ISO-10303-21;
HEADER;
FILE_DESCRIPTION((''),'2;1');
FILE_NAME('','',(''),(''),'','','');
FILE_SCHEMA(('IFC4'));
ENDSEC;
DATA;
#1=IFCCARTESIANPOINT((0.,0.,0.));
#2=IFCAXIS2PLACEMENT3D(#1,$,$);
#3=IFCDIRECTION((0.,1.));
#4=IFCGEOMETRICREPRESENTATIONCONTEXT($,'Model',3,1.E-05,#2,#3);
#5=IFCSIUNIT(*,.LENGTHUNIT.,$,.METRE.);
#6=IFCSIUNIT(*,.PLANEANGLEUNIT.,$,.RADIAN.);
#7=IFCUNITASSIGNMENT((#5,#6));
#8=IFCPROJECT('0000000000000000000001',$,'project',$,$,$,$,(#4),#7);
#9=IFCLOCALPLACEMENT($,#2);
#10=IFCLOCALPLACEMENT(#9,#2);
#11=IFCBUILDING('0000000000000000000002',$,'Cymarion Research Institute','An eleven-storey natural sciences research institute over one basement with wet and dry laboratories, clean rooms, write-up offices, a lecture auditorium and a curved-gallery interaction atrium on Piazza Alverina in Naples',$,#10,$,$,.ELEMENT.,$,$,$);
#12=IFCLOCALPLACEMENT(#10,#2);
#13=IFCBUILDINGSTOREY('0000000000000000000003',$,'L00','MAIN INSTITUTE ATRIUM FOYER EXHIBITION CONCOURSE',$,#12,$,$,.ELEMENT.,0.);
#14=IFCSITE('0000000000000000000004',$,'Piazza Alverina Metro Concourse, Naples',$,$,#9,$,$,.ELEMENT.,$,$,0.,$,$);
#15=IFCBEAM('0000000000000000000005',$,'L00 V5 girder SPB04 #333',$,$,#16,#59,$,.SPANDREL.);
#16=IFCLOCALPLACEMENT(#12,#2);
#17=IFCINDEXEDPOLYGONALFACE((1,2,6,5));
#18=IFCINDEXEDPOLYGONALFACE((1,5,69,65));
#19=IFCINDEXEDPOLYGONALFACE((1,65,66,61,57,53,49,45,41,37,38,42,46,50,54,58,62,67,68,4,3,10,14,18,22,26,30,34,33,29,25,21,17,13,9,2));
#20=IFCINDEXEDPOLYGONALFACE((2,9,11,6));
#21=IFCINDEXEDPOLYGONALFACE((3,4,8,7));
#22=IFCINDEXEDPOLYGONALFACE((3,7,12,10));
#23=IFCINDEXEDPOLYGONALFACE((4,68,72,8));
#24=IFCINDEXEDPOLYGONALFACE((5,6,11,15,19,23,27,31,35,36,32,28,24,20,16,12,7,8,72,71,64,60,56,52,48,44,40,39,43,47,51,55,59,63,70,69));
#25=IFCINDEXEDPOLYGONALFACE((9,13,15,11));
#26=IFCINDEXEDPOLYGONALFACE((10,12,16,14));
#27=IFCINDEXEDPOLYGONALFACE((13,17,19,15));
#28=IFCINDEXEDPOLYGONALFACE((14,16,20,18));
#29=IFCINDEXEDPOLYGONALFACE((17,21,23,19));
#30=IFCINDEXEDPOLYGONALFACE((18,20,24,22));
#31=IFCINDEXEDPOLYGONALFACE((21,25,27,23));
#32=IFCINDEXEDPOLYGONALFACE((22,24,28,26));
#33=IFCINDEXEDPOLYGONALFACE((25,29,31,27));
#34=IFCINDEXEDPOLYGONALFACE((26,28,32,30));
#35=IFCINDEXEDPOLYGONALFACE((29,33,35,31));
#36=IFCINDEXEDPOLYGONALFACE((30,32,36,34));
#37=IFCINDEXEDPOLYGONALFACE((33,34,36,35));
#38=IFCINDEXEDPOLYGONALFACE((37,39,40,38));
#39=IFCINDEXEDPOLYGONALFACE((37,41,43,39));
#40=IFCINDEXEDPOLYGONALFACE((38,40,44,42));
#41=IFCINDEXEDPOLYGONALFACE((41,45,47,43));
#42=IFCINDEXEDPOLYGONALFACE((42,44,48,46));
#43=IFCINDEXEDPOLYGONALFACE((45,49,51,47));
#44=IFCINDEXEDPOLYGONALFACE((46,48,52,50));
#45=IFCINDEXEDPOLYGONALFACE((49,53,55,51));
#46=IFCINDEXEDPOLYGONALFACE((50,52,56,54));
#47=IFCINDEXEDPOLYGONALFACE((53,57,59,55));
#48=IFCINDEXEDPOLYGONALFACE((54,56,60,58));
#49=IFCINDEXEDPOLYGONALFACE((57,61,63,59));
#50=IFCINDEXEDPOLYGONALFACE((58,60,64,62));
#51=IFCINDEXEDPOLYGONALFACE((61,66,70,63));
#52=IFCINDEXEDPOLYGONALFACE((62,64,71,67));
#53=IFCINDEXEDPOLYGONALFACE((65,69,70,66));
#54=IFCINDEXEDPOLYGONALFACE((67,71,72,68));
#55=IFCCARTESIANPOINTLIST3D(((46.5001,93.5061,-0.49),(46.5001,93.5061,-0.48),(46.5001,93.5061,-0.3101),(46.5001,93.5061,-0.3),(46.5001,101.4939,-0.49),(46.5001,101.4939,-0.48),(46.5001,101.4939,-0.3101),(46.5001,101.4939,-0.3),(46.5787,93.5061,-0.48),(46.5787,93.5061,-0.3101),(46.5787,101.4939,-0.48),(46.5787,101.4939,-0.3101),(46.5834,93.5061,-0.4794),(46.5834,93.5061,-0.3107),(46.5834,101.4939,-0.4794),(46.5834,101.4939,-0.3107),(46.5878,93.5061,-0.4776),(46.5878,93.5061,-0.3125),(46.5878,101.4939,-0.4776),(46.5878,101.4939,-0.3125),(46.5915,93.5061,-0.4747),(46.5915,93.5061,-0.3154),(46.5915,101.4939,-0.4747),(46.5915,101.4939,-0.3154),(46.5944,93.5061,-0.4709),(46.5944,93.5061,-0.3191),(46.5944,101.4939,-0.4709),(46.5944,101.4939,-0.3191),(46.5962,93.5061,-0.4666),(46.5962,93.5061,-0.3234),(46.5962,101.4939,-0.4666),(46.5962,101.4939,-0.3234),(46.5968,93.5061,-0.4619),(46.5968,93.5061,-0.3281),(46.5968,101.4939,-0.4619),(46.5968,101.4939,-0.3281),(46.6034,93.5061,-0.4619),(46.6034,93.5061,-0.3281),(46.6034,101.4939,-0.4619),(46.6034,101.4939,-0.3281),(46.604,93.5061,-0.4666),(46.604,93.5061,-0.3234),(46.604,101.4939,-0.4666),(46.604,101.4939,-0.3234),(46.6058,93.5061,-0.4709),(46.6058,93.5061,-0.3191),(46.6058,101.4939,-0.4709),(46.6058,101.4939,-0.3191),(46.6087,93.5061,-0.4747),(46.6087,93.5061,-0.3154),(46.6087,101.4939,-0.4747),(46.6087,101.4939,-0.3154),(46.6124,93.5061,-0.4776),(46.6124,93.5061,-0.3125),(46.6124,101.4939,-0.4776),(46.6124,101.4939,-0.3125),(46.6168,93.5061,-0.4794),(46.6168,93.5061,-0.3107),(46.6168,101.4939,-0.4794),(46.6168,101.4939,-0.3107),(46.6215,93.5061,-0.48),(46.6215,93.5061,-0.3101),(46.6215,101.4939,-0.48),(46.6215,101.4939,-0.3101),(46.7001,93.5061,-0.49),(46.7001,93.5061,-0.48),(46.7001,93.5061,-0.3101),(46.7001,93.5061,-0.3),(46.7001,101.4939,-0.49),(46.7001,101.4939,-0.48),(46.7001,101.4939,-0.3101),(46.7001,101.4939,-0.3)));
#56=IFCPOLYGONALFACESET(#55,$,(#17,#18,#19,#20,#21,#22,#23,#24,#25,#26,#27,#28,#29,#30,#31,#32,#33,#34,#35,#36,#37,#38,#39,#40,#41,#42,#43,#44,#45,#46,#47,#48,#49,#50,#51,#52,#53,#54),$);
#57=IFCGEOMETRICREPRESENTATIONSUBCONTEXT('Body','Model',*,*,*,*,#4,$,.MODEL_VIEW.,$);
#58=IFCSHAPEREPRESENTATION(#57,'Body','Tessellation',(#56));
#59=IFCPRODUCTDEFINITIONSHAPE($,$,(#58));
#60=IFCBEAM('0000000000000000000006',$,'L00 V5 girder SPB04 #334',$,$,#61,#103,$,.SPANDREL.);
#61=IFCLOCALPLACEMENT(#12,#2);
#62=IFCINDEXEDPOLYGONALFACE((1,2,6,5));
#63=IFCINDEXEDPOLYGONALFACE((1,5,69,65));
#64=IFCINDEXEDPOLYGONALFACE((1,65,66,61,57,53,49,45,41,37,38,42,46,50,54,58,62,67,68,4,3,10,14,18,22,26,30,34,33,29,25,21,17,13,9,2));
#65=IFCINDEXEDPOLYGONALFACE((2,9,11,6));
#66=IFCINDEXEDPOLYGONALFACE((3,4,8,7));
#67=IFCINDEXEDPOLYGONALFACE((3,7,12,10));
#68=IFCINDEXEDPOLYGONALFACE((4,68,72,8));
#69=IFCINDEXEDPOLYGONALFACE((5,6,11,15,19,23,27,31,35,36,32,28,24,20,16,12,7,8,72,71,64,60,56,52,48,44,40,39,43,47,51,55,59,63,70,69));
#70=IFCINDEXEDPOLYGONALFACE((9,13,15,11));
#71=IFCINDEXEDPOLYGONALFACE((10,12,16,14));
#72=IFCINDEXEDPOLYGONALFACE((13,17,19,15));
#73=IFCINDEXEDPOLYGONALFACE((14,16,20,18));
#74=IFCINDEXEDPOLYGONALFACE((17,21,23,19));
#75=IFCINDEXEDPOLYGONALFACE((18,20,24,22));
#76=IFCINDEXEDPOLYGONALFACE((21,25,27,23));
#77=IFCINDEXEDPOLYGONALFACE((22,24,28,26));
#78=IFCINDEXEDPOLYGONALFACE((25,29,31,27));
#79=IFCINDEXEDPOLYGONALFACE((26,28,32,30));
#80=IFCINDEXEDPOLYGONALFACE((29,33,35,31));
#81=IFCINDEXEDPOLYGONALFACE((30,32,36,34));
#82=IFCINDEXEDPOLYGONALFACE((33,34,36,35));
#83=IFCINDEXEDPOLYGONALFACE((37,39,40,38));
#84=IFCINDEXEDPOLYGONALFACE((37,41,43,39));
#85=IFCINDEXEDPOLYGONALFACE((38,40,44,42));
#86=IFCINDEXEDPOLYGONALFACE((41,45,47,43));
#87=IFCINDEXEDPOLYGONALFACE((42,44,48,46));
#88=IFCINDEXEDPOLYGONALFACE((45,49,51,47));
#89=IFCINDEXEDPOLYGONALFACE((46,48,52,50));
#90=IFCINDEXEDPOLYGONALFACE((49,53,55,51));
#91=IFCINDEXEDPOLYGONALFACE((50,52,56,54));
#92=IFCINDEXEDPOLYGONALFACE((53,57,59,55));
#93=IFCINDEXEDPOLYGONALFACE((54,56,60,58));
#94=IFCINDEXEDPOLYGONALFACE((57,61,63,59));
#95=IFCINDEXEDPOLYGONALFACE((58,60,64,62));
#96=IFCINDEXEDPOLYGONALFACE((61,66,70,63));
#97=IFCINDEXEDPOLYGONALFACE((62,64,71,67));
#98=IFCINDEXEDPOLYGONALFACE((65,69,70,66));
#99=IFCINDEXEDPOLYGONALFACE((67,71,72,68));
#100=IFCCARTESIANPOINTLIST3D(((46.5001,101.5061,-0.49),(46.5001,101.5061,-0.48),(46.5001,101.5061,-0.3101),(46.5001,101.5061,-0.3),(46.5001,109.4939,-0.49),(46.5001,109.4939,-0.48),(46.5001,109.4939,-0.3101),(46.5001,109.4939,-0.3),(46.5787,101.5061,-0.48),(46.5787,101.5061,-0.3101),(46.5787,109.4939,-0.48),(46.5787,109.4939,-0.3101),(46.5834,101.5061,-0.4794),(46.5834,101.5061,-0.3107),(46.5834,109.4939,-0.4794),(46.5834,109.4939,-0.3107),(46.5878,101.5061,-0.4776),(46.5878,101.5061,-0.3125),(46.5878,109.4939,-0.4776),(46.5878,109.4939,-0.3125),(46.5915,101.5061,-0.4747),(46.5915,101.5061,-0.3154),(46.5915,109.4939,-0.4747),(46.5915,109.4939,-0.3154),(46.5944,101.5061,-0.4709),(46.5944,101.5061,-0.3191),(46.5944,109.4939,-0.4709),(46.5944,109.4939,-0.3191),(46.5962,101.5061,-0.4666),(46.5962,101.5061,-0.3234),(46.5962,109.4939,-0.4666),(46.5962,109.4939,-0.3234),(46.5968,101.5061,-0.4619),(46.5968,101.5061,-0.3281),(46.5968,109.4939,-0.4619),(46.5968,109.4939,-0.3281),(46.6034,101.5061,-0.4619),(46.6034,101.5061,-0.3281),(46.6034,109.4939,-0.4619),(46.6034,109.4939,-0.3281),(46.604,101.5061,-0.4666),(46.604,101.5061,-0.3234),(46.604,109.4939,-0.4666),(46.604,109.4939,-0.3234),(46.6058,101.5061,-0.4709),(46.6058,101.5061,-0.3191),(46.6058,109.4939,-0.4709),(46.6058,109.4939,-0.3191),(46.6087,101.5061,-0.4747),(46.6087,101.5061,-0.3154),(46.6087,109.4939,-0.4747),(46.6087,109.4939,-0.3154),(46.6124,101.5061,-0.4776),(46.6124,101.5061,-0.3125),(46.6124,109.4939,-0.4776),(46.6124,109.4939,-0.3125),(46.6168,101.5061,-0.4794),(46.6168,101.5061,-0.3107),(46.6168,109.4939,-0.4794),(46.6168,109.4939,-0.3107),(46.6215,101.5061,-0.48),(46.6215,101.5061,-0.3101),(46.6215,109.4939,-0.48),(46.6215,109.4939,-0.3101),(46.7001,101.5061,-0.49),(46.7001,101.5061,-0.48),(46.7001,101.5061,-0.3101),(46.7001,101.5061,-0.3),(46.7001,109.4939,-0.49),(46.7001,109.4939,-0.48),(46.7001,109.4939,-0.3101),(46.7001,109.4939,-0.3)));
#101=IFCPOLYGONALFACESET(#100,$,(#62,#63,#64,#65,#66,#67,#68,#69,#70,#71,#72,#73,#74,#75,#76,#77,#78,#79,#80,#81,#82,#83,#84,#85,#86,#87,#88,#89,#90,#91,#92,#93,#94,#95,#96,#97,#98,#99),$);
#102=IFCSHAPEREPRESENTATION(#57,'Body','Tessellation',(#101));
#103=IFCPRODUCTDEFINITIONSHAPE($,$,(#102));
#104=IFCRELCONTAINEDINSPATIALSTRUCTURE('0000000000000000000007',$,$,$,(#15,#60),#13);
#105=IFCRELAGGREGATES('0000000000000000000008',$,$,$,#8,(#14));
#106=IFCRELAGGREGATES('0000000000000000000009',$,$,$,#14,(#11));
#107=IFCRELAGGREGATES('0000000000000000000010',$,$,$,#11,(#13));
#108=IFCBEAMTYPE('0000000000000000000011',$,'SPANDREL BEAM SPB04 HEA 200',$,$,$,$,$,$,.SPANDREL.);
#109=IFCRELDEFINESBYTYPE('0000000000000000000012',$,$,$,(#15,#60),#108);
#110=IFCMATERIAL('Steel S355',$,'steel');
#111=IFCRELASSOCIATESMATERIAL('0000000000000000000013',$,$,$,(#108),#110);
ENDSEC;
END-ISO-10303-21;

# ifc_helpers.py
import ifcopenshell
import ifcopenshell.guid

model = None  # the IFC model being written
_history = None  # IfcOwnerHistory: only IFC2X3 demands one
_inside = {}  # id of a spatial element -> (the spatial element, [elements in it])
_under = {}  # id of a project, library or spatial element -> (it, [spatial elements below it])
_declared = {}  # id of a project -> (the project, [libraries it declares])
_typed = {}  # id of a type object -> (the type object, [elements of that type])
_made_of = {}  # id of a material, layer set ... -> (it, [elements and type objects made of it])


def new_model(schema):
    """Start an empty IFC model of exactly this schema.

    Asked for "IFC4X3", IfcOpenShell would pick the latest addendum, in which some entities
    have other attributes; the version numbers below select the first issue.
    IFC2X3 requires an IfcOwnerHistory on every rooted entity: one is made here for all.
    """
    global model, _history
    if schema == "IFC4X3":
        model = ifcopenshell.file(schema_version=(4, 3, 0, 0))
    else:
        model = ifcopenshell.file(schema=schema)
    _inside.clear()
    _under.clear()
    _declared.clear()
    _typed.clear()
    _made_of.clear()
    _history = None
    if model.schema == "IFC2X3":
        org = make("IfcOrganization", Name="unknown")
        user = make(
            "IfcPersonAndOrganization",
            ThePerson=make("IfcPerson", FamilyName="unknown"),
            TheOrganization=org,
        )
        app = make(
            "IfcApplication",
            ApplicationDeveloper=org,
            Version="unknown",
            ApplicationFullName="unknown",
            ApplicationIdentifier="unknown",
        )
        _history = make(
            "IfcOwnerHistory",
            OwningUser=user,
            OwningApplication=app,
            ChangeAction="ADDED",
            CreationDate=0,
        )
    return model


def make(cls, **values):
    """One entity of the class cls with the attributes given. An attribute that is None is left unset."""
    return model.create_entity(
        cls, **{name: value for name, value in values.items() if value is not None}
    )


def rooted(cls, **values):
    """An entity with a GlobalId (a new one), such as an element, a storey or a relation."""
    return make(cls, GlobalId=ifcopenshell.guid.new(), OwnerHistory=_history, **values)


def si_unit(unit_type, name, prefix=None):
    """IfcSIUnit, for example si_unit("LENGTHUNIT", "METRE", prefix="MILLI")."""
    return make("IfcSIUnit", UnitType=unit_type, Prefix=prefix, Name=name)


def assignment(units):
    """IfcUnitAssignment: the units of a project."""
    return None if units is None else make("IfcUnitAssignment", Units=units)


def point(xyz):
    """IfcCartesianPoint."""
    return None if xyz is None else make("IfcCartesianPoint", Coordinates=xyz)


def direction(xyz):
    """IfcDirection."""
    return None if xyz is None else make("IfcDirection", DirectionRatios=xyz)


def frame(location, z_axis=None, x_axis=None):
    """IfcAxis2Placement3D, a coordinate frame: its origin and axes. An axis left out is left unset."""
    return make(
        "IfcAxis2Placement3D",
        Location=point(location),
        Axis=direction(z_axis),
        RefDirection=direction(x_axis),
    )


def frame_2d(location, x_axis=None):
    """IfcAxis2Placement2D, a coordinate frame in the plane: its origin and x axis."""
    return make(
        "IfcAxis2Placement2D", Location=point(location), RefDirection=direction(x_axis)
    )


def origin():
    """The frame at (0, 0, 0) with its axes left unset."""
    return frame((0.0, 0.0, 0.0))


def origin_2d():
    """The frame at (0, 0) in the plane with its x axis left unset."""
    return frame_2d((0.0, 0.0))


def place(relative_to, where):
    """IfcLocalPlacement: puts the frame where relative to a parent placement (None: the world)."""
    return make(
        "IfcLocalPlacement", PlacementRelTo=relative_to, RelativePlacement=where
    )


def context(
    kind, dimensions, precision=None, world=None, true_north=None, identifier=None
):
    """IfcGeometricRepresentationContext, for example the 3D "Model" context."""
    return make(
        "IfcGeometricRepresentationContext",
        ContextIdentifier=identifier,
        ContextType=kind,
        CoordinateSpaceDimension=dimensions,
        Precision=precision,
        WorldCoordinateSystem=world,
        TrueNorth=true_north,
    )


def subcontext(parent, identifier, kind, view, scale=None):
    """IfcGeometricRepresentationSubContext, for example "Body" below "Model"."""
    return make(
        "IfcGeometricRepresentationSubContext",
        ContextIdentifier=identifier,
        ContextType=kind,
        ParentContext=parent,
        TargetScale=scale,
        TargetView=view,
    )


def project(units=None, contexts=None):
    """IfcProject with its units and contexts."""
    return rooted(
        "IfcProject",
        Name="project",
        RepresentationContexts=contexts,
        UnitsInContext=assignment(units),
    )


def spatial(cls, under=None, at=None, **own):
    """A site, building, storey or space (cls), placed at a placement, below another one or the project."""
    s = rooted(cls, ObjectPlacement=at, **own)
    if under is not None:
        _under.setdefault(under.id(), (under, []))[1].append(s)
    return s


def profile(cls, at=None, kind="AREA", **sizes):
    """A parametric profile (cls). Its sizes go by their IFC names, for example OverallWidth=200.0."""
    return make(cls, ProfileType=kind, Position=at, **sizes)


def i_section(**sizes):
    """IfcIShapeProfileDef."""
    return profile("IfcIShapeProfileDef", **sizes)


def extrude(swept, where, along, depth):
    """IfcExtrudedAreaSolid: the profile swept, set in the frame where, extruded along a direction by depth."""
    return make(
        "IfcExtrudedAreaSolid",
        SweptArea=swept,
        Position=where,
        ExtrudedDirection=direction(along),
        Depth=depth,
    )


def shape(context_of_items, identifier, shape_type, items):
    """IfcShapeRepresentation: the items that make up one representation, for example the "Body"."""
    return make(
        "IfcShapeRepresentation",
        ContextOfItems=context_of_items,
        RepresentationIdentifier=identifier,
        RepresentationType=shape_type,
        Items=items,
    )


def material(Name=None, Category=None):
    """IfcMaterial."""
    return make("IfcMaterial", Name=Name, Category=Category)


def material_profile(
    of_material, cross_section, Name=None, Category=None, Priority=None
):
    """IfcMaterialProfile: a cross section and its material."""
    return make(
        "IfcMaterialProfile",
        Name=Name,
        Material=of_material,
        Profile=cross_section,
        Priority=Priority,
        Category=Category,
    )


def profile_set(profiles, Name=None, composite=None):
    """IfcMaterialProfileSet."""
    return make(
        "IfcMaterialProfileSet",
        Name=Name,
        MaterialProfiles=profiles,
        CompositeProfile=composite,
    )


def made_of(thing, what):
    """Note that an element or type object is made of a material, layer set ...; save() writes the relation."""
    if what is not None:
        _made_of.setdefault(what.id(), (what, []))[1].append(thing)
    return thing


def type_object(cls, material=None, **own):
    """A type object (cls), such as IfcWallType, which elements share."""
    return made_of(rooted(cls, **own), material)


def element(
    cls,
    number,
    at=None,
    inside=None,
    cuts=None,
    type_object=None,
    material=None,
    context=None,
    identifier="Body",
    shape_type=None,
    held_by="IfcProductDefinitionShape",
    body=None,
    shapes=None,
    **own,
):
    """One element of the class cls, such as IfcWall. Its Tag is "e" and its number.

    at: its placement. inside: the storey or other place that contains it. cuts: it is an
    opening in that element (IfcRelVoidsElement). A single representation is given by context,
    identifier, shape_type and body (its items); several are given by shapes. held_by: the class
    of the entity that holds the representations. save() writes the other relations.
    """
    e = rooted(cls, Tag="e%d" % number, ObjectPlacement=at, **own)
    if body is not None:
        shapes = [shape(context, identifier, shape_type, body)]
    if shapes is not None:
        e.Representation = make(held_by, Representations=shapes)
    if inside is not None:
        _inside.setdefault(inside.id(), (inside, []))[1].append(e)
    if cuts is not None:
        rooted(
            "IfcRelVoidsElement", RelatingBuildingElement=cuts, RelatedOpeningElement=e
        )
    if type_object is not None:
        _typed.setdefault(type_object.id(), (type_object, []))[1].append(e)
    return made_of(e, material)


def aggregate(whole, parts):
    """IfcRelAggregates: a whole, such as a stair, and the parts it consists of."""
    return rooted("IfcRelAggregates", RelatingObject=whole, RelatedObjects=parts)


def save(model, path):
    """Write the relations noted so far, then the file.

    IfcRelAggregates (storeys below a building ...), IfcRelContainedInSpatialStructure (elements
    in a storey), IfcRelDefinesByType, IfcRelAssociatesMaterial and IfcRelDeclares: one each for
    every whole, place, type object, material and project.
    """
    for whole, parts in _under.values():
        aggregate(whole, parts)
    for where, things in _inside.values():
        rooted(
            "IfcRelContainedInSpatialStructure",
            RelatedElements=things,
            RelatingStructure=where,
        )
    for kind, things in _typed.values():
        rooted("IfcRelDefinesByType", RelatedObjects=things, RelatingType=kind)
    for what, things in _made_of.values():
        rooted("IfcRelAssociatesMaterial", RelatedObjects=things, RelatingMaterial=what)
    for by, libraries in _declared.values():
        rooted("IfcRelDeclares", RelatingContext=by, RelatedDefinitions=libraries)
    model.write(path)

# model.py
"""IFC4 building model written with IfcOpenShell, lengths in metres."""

from ifc_helpers import new_model, si_unit, direction, frame, origin, origin_2d, place, context, subcontext, project, spatial, i_section, extrude, material, material_profile, profile_set, type_object, element, save


model = new_model("IFC4")

# Units and contexts
model_context = context("Model", 3, precision=1e-05, world=origin(), true_north=direction((0.0, 1.0)))
body_context = subcontext(model_context, "Body", "Model", "MODEL_VIEW")
ifc_project = project(units=[si_unit("LENGTHUNIT", "METRE"), si_unit("PLANEANGLEUNIT", "RADIAN")], contexts=[model_context])

# Site, building, storey
site_placement = place(None, origin())
site = spatial("IfcSite", under=ifc_project, at=site_placement, Name="Piazza Alverina Metro Concourse, Naples", CompositionType="ELEMENT", RefElevation=0.0)
building_placement = place(site_placement, origin())
building = spatial("IfcBuilding", under=site, at=building_placement, Name="Cymarion Research Institute", Description="An eleven-storey natural sciences research institute over one basement with wet and dry laboratories, clean rooms, write-up offices, a lecture auditorium and a curved-gallery interaction atrium on Piazza Alverina in Naples", CompositionType="ELEMENT")
storey_placement = place(building_placement, origin())
storey = spatial("IfcBuildingStorey", under=building, at=storey_placement, Name="L00", Description="MAIN INSTITUTE ATRIUM FOYER EXHIBITION CONCOURSE", CompositionType="ELEMENT", Elevation=0.0)

# Shared definitions
ifc_material_1 = material(Name="Steel S355", Category="steel")

# Beams
ifc_material_profile_1 = material_profile(ifc_material_1, i_section(OverallWidth=0.2, OverallDepth=0.1899, WebThickness=0.0066, FlangeThickness=0.01, FilletRadius=0.0181, at=origin_2d()), Name="HEA 200")
ifc_profile_set_1 = profile_set([ifc_material_profile_1], Name="Steel S355")
beam_type_1 = type_object("IfcBeamType", Name="SPANDREL BEAM SPB04 HEA 200", PredefinedType="SPANDREL", material=ifc_profile_set_1)
for number, where, z_axis, x_axis, name in (
    (1, (46.6001, 93.5061, -0.395), (0.0, 1.0, 0.0), (-1.0, 0.0, 0.0), "L00 V5 girder SPB04 #333"),
    (2, (46.6001, 101.5061, -0.395), (0.0, 1.0, 0.0), (-1.0, 0.0, 0.0), "L00 V5 girder SPB04 #334"),
):
    element("IfcBeam", number, at=place(storey_placement, frame(where, z_axis=z_axis, x_axis=x_axis)), inside=storey, type_object=beam_type_1, Name=name, PredefinedType="SPANDREL", context=body_context, shape_type="SweptSolid", body=[
        extrude(i_section(OverallWidth=0.2, OverallDepth=0.1899, WebThickness=0.0066, FlangeThickness=0.01, FilletRadius=0.0181, at=origin_2d()), origin(), (0.0, 0.0, 1.0), 7.9878),
    ])

save(model, "model.ifc")
